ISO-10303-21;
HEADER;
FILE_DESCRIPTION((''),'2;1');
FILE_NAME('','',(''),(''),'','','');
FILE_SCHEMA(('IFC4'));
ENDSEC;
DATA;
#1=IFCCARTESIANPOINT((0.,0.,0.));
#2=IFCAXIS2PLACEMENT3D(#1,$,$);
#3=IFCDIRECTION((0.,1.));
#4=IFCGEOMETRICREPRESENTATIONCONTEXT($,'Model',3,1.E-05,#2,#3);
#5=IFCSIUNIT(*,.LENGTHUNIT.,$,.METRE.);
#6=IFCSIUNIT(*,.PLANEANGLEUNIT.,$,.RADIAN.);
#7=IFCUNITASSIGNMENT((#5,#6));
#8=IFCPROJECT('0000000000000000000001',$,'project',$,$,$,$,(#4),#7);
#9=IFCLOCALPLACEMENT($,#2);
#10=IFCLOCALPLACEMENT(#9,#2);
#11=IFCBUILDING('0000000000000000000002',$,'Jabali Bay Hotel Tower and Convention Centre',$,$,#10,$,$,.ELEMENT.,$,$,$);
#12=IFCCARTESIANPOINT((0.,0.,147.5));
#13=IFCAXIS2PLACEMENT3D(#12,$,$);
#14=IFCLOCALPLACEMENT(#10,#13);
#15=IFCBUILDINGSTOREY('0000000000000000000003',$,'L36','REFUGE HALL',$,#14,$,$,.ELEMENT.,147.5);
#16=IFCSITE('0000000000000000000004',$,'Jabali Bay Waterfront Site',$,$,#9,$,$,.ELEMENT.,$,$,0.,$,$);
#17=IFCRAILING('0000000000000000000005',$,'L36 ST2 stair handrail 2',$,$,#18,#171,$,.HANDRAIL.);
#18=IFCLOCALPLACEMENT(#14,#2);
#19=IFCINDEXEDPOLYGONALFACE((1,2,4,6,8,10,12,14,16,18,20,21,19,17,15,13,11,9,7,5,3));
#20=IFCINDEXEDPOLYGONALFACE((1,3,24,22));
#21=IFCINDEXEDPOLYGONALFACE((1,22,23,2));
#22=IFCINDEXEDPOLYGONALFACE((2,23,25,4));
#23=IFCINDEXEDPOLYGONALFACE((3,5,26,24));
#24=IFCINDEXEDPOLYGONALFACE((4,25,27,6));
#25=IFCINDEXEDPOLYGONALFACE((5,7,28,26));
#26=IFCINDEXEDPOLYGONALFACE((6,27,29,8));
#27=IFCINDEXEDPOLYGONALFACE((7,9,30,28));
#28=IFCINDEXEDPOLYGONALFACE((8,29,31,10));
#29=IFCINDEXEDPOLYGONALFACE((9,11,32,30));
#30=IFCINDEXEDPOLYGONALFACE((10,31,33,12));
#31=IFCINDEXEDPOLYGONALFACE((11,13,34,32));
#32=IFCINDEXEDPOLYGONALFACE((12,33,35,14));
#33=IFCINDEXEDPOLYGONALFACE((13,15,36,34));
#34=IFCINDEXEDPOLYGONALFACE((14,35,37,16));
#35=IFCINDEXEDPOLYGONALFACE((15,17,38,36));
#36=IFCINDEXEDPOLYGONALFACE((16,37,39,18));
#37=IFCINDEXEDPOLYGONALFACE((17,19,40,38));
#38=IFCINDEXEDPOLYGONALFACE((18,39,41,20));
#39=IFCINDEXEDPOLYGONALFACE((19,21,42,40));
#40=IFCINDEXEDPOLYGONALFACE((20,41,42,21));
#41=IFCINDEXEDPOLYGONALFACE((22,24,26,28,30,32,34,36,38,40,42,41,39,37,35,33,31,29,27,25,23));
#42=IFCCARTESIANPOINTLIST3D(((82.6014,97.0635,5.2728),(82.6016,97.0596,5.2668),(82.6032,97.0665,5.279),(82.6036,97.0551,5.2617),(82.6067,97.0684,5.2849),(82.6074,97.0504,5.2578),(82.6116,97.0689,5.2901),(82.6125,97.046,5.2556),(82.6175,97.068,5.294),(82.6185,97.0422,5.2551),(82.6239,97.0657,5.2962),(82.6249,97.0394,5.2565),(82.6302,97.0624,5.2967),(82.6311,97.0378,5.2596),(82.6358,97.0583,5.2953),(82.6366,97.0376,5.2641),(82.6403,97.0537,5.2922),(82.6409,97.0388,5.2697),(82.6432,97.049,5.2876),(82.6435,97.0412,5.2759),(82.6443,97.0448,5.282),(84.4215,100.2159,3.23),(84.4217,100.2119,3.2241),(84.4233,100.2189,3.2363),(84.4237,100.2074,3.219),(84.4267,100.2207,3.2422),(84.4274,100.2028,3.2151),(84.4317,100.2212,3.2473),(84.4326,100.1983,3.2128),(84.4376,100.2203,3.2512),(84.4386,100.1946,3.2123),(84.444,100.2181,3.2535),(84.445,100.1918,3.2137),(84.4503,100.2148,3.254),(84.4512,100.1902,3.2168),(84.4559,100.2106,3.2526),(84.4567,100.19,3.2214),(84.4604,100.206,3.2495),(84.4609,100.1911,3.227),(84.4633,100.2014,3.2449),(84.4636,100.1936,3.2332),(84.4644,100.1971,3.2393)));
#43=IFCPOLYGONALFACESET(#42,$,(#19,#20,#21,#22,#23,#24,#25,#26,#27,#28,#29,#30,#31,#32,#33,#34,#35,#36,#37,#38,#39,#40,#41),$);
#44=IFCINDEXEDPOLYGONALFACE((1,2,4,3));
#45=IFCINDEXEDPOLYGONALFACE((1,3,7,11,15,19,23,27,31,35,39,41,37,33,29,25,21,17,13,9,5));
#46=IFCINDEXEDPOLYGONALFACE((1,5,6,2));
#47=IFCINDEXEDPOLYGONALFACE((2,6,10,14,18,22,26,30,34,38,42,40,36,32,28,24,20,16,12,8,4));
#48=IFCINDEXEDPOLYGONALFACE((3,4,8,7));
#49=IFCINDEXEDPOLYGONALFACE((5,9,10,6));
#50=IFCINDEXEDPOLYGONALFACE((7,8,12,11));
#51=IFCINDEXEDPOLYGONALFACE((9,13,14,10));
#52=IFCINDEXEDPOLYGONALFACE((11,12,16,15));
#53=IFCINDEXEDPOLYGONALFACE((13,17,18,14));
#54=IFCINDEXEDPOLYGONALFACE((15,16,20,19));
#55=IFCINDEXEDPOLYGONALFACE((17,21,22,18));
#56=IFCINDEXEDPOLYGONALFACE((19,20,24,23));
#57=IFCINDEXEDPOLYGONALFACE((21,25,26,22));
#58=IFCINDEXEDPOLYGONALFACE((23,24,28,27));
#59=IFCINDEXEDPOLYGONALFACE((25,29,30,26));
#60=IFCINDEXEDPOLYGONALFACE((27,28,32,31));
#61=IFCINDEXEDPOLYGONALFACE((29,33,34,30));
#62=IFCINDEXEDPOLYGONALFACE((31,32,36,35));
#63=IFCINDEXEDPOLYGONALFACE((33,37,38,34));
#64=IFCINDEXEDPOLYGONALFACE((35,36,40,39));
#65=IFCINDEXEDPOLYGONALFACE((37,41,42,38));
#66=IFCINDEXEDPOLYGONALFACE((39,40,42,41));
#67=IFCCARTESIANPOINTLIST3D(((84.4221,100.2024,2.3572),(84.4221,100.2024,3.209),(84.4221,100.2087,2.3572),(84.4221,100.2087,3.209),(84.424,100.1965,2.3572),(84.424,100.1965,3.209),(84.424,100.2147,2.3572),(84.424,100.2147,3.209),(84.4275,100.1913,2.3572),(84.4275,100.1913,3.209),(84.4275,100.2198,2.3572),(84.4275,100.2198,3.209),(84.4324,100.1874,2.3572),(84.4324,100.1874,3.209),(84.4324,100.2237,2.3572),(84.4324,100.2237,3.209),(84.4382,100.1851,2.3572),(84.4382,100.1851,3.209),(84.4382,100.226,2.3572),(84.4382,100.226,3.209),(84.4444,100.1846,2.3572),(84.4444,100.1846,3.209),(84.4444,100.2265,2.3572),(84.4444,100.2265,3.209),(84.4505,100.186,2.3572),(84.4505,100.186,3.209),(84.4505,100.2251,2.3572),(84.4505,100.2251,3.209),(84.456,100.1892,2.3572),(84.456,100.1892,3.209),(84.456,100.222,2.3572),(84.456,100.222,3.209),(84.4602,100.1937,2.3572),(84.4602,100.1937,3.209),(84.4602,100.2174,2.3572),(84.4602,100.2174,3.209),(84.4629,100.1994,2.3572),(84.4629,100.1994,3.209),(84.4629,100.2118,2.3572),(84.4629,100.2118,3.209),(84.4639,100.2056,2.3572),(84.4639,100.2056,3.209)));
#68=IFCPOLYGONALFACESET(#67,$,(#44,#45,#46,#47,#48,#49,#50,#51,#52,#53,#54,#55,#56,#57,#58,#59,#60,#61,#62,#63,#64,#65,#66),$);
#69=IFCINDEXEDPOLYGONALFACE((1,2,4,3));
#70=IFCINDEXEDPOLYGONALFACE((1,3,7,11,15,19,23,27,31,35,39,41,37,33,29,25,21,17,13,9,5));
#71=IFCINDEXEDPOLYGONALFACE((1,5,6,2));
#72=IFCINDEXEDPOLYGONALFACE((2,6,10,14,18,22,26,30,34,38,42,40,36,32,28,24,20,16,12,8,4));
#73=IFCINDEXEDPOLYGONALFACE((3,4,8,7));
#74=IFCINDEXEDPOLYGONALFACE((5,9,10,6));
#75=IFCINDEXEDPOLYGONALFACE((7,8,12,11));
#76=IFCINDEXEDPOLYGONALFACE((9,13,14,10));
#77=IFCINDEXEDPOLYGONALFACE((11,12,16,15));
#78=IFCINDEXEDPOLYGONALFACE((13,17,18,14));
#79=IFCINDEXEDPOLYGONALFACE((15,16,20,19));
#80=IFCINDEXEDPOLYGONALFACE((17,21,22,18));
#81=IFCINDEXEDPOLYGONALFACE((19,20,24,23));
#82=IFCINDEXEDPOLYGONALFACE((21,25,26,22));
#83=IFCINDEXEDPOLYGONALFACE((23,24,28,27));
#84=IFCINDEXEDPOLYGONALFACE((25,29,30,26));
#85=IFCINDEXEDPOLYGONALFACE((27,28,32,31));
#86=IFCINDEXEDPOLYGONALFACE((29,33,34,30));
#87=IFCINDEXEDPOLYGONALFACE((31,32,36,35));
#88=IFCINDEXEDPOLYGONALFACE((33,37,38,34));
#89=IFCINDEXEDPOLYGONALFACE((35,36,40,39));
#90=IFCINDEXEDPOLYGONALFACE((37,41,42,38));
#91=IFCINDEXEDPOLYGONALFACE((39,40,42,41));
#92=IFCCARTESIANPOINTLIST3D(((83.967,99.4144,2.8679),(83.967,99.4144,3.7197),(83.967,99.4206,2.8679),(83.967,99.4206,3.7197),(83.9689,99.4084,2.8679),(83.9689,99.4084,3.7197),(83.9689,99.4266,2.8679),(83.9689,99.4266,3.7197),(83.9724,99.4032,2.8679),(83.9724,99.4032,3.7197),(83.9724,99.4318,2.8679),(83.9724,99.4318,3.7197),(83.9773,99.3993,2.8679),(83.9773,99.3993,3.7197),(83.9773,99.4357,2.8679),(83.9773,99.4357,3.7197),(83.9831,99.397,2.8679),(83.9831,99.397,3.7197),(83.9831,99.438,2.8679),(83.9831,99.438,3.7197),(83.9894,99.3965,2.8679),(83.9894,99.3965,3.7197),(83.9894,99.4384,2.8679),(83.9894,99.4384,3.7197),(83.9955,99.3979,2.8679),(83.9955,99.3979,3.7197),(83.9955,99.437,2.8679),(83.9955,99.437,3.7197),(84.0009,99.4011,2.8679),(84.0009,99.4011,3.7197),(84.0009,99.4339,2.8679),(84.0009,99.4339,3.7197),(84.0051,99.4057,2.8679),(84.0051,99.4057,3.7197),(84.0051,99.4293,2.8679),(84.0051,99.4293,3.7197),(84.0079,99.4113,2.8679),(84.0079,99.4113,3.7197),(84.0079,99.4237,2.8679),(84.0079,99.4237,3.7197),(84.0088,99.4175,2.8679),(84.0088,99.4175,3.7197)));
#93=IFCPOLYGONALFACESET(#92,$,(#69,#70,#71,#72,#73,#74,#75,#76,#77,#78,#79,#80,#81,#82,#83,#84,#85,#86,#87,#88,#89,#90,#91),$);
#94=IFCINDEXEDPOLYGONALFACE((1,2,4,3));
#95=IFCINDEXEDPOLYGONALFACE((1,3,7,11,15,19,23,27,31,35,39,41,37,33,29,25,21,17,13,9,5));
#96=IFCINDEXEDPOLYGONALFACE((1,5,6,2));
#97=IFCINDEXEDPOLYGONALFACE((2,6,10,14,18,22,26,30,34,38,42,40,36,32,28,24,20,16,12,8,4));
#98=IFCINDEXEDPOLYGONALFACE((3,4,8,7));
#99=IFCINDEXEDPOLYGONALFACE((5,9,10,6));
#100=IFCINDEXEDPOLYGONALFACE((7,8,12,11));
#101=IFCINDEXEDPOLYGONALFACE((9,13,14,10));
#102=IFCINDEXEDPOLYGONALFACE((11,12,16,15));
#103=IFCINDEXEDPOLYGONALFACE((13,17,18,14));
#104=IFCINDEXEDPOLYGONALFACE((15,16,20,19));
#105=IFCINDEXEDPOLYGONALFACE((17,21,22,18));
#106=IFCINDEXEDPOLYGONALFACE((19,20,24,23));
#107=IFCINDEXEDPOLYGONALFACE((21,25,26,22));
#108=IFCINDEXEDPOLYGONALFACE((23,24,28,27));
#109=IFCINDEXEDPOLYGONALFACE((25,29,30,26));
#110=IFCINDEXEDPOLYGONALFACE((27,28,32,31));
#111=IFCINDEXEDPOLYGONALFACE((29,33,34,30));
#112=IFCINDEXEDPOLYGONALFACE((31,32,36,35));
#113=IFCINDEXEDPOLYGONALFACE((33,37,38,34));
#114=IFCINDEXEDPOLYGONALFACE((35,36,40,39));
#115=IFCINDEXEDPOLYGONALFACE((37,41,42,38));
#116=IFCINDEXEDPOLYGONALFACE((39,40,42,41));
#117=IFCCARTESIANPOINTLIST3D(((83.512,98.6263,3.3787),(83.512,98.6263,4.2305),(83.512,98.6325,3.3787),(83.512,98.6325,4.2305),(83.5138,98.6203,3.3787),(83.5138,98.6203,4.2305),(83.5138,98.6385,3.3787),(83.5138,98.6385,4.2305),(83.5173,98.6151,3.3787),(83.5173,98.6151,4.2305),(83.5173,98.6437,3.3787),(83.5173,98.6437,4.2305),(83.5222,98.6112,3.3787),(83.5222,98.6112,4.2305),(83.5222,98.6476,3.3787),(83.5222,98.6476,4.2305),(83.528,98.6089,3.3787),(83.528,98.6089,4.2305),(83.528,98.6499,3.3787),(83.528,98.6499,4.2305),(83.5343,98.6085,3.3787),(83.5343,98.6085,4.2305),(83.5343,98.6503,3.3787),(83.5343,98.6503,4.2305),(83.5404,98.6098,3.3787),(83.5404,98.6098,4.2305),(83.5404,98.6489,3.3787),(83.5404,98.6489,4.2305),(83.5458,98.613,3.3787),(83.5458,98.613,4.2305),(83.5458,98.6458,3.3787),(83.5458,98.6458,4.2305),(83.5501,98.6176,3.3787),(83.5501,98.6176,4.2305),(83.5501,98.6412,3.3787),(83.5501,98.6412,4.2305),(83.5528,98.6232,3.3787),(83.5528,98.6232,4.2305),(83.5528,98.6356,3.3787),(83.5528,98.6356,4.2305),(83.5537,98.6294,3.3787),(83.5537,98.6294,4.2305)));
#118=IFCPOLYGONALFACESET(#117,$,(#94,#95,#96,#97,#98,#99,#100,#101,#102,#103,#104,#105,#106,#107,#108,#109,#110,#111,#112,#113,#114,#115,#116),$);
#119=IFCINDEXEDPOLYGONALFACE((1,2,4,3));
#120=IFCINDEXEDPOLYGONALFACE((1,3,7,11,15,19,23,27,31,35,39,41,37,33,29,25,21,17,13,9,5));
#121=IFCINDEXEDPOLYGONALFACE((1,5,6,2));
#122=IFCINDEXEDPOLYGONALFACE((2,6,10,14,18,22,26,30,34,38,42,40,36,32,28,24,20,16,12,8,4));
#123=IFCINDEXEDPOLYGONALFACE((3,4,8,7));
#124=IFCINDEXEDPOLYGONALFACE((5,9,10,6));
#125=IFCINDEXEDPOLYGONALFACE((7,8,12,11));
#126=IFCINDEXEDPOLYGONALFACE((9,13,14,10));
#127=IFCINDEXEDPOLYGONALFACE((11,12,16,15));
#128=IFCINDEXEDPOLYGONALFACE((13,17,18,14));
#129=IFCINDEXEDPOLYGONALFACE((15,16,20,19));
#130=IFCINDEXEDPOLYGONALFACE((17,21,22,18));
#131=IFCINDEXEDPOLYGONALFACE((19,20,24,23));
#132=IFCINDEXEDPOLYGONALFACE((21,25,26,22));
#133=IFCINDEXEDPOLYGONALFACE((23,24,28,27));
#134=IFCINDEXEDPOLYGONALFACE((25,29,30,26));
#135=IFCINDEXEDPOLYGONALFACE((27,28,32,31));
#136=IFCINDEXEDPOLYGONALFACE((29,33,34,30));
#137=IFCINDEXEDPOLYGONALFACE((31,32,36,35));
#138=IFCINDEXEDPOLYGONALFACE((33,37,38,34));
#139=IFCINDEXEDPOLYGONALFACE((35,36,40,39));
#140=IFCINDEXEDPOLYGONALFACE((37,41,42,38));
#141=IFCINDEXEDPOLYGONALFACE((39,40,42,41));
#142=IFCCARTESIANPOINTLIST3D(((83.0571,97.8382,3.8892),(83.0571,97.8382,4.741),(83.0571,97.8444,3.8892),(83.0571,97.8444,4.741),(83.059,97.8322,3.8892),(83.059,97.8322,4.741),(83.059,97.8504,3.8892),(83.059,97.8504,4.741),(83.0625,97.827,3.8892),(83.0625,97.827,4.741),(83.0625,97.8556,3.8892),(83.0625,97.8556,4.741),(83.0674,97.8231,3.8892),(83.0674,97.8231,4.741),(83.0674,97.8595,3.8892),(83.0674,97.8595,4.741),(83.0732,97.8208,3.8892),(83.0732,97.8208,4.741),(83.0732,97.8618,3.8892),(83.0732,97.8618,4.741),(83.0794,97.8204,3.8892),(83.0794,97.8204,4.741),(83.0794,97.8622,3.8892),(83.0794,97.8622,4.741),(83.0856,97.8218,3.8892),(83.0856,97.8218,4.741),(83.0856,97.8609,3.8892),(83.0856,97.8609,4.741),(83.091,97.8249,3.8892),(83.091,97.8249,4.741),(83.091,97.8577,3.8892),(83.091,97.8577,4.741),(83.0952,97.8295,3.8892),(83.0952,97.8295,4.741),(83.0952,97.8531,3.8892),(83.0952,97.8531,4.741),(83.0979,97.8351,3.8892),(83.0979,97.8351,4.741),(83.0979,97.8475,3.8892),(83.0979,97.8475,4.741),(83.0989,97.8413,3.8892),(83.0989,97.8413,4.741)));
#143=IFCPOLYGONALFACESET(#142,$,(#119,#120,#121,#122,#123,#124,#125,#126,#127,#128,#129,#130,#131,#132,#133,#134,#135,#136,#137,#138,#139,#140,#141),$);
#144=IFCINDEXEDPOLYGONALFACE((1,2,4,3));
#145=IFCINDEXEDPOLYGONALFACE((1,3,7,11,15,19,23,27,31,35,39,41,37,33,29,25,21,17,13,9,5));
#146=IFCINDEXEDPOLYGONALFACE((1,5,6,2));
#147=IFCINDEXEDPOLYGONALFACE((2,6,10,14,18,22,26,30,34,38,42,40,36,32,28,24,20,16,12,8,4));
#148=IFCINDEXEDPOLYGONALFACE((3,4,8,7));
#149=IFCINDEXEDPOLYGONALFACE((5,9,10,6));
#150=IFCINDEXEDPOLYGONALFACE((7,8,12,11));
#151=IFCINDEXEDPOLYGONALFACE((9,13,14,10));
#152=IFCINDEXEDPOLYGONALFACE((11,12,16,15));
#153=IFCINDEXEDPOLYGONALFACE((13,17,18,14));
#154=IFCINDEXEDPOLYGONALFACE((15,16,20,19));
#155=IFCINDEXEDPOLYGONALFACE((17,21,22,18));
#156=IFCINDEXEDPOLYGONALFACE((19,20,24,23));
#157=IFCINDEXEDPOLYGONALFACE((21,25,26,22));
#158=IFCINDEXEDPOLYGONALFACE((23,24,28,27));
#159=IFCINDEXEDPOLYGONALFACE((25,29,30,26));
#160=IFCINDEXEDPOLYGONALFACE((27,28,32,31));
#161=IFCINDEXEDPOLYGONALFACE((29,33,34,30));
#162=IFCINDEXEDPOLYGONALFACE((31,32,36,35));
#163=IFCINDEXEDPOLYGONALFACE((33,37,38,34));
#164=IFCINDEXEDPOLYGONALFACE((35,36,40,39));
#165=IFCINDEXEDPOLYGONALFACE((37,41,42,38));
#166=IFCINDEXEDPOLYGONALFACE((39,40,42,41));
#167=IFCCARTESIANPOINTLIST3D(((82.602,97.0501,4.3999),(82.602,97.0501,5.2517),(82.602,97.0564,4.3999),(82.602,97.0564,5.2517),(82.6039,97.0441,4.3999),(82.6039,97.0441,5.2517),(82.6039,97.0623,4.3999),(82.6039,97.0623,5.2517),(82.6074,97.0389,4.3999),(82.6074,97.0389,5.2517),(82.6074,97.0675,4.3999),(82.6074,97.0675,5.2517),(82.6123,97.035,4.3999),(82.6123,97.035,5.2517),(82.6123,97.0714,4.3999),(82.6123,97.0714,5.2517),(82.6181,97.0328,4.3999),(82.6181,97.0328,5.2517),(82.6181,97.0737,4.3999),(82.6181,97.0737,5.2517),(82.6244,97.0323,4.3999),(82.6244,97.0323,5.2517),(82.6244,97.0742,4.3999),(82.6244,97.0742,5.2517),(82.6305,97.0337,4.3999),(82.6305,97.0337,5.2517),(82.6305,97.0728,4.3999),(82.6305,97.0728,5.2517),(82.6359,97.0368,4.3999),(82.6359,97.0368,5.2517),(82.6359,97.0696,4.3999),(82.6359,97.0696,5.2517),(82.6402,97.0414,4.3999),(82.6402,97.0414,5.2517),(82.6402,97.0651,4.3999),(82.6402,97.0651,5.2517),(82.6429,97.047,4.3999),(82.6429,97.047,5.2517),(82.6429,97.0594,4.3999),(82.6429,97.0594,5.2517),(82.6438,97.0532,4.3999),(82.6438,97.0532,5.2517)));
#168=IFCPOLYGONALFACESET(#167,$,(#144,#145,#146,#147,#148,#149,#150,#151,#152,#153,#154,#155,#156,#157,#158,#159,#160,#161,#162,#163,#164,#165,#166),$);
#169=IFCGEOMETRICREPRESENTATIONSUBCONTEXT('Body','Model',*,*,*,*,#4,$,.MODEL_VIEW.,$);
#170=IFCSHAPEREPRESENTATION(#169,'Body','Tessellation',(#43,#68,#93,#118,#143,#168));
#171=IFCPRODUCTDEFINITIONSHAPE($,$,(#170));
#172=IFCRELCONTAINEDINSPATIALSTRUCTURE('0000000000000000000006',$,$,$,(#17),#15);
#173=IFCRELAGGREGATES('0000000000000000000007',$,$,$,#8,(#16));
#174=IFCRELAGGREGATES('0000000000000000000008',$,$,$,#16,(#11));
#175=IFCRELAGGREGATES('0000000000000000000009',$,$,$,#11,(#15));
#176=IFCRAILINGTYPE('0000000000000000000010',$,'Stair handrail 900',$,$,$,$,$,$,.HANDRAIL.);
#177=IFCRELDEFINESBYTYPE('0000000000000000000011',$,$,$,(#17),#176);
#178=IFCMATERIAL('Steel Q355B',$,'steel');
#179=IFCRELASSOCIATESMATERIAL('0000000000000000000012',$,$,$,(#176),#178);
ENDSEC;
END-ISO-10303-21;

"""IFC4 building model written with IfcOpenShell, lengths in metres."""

from ifc_helpers import new_model, si_unit, direction, frame, origin, origin_2d, place, context, subcontext, project, spatial, circle, extrude, material, type_object, element, save


model = new_model("IFC4")

# Units and contexts
model_context = context("Model", 3, precision=1e-05, world=origin(), true_north=direction((0.0, 1.0)))
body_context = subcontext(model_context, "Body", "Model", "MODEL_VIEW")
ifc_project = project(units=[si_unit("LENGTHUNIT", "METRE"), si_unit("PLANEANGLEUNIT", "RADIAN")], contexts=[model_context])

# Site, building, storey
site_placement = place(None, origin())
site = spatial("IfcSite", under=ifc_project, at=site_placement, Name="Jabali Bay Waterfront Site", CompositionType="ELEMENT", RefElevation=0.0)
building_placement = place(site_placement, origin())
building = spatial("IfcBuilding", under=site, at=building_placement, Name="Jabali Bay Hotel Tower and Convention Centre", CompositionType="ELEMENT")
storey_placement = place(building_placement, frame((0.0, 0.0, 147.5)))
storey = spatial("IfcBuildingStorey", under=building, at=storey_placement, Name="L36", Description="REFUGE HALL", CompositionType="ELEMENT", Elevation=147.5)

# Railing
ifc_material_1 = material(Name="Steel Q355B", Category="steel")
railing_type_1 = type_object("IfcRailingType", Name="Stair handrail 900", PredefinedType="HANDRAIL", material=ifc_material_1)
railing_1_placement = place(storey_placement, frame((84.4429, 100.2056, 2.3572)))
element("IfcRailing", 1, at=railing_1_placement, inside=storey, type_object=railing_type_1, Name="L36 ST2 stair handrail 2", PredefinedType="HANDRAIL", context=body_context, shape_type="SweptSolid", body=[
    extrude(circle(Radius=0.0239, at=origin_2d()), frame((0.0, 0.0, 0.876), z_axis=(-0.436044, -0.755225, 0.489387), x_axis=(0.866018, -0.500013, 0.0)), (0.0, 0.0, 1.0), 4.1741),
    extrude(circle(Radius=0.021, at=origin_2d()), origin(), (0.0, 0.0, 1.0), 0.8518),
    extrude(circle(Radius=0.021, at=origin_2d()), frame((-0.4551, -0.7881, 0.5107)), (0.0, 0.0, 1.0), 0.8518),
    extrude(circle(Radius=0.021, at=origin_2d()), frame((-0.9102, -1.5762, 1.0215)), (0.0, 0.0, 1.0), 0.8518),
    extrude(circle(Radius=0.021, at=origin_2d()), frame((-1.365, -2.3643, 1.532)), (0.0, 0.0, 1.0), 0.8518),
    extrude(circle(Radius=0.021, at=origin_2d()), frame((-1.8201, -3.1523, 2.0427)), (0.0, 0.0, 1.0), 0.8518),
])

save(model, "model.ifc")
